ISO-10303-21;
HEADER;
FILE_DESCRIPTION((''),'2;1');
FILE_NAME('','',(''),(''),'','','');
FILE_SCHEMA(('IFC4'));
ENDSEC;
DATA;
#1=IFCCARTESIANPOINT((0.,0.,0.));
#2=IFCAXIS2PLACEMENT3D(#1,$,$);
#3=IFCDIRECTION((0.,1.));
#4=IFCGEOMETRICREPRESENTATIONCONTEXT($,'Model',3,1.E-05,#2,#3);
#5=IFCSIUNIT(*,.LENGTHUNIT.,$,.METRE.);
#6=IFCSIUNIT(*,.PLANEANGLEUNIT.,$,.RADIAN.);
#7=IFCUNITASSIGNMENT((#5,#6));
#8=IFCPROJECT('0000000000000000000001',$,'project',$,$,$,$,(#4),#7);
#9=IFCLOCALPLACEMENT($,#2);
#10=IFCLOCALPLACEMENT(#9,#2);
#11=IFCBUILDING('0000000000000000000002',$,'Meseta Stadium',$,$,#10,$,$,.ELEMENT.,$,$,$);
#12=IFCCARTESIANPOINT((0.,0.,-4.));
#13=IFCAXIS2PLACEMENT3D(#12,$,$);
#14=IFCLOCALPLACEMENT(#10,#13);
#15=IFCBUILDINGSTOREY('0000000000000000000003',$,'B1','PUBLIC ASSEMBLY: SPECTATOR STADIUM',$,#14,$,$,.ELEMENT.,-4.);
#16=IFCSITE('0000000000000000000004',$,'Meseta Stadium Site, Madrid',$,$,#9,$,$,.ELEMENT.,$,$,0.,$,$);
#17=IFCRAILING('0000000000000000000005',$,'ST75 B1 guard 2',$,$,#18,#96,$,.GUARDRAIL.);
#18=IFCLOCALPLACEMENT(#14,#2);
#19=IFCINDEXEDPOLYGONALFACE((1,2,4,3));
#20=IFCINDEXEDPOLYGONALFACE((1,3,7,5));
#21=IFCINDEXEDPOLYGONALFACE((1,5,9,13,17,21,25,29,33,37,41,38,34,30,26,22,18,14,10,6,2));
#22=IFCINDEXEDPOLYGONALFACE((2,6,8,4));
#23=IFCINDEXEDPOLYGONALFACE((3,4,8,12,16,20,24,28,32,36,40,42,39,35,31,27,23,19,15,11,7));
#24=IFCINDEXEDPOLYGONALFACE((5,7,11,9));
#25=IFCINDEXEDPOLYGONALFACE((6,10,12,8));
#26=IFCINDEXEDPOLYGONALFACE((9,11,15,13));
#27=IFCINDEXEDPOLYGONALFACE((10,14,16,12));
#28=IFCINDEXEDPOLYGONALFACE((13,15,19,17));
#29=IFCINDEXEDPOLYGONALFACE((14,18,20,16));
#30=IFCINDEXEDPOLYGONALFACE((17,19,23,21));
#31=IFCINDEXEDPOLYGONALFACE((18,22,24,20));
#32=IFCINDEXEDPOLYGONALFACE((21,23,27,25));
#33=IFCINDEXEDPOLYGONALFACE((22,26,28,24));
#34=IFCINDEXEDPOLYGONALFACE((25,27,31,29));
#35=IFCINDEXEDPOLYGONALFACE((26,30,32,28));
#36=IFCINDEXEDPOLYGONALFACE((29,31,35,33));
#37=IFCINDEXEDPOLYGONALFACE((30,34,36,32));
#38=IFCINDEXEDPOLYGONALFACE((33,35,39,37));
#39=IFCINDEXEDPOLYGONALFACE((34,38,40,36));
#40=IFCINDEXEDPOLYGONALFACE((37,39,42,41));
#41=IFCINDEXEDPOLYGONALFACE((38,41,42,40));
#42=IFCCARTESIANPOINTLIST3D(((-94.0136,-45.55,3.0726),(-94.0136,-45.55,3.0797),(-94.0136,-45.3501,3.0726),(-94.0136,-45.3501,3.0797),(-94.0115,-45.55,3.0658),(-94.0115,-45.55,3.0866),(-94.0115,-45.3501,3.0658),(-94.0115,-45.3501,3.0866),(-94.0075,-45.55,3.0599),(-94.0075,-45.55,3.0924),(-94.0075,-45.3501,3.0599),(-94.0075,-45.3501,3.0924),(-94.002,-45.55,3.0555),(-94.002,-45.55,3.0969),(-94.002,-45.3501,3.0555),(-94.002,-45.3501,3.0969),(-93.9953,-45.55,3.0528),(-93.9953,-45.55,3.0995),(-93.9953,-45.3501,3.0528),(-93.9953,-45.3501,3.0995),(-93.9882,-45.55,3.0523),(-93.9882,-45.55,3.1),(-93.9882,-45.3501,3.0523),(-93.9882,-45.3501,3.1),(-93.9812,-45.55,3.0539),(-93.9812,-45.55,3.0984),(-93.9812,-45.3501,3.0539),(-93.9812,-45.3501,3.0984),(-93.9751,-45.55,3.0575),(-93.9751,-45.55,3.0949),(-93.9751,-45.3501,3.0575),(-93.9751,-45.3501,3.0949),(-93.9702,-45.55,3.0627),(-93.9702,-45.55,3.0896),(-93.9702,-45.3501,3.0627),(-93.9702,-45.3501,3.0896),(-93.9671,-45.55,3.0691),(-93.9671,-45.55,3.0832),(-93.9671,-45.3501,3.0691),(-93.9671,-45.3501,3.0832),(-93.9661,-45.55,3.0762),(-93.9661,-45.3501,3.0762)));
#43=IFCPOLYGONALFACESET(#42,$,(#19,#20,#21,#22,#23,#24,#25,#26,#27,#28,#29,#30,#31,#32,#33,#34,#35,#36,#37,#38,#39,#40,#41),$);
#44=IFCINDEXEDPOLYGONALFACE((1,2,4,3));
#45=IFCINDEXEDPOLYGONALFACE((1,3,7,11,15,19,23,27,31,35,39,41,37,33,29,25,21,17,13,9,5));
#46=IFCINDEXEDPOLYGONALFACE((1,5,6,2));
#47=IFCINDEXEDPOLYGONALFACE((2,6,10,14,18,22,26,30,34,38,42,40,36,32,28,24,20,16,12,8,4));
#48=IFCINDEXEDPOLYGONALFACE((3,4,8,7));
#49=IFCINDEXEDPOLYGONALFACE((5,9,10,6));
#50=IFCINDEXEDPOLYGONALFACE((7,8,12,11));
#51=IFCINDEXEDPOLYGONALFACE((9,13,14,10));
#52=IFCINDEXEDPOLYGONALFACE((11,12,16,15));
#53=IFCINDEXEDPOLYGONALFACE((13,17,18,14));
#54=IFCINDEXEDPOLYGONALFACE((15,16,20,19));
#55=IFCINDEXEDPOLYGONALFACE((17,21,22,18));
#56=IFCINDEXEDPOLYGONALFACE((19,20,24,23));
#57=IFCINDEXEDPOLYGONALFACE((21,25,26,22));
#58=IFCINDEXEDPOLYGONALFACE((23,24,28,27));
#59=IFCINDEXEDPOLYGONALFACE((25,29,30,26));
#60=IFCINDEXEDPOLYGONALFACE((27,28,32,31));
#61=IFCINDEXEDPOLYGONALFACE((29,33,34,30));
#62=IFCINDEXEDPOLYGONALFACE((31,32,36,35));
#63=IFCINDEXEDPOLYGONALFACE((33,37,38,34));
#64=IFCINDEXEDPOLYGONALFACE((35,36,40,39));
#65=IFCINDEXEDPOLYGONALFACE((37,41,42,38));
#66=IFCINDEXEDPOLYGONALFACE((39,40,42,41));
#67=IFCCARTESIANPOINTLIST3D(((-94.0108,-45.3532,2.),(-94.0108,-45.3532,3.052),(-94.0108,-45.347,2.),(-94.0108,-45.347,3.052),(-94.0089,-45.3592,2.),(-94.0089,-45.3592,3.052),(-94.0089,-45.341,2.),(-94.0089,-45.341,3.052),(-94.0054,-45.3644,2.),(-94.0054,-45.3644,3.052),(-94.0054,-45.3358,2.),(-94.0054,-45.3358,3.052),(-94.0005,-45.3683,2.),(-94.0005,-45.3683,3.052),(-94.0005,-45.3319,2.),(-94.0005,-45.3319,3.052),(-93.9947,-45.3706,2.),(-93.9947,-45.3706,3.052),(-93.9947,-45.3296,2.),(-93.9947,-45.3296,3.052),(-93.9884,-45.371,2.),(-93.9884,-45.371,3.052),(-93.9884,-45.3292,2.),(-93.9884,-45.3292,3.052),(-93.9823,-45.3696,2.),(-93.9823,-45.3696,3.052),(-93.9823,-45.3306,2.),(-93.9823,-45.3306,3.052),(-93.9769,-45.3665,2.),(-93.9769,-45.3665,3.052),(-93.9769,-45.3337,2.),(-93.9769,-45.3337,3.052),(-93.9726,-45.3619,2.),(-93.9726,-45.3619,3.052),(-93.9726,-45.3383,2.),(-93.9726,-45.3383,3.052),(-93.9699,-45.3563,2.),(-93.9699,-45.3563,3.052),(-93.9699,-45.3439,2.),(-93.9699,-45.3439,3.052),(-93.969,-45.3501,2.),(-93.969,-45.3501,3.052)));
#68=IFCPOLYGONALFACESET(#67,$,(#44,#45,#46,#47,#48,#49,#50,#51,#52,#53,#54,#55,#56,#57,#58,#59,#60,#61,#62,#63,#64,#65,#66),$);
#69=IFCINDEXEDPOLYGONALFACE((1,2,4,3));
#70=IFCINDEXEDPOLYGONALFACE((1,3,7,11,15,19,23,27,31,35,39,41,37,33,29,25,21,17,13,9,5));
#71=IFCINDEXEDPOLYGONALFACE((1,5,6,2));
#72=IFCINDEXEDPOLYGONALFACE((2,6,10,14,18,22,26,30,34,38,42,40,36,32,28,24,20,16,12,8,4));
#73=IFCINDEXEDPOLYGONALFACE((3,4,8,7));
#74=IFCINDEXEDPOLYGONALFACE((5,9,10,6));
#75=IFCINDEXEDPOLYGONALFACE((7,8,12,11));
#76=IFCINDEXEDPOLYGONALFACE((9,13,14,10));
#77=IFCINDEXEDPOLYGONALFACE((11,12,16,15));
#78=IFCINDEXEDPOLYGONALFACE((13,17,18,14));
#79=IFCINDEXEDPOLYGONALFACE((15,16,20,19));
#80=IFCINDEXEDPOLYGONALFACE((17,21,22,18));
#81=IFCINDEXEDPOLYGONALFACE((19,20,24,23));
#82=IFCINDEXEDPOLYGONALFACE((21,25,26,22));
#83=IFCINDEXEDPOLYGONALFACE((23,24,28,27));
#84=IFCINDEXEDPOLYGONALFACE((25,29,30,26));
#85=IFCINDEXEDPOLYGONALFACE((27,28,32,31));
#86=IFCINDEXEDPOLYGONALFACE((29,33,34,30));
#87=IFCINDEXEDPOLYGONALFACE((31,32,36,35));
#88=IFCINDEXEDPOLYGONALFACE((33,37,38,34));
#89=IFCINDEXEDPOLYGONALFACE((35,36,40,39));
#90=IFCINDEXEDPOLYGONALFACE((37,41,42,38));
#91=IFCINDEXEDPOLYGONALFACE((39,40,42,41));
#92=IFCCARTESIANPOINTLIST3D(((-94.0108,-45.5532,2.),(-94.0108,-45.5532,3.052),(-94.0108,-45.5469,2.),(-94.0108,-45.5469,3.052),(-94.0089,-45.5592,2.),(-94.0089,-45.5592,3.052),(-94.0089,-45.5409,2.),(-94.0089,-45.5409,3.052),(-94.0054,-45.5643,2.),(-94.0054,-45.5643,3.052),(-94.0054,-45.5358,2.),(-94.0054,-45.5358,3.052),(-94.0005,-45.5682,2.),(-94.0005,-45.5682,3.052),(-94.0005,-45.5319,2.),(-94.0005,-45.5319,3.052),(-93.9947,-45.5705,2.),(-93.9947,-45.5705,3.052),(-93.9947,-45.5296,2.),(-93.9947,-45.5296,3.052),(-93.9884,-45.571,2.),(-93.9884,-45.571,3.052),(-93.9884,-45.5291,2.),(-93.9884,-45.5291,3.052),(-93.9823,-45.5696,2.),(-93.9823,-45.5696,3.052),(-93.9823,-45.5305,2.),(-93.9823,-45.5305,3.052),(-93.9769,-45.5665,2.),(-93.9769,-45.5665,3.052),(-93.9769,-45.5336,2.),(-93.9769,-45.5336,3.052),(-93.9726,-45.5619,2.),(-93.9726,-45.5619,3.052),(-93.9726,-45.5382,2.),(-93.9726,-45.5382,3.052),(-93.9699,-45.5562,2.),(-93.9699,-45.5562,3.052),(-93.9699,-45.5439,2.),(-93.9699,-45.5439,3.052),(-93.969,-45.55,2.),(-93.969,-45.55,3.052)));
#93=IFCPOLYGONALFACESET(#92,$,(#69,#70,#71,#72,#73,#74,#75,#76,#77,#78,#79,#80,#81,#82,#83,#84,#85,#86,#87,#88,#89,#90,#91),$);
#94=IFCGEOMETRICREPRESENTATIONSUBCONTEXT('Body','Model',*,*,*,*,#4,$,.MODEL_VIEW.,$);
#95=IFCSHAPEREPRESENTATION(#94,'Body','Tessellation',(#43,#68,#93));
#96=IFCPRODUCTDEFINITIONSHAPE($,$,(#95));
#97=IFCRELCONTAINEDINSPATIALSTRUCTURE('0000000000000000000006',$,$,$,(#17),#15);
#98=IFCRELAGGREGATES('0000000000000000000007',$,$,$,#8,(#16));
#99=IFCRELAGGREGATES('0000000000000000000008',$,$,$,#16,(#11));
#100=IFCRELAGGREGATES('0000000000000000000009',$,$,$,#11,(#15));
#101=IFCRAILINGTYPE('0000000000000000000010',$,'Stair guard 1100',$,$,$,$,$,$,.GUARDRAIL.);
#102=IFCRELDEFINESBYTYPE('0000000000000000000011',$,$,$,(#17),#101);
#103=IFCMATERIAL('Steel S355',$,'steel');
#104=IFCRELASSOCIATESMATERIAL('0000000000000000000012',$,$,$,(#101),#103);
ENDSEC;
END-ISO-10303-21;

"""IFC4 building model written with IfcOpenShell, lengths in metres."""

from ifc_helpers import new_model, si_unit, direction, frame, origin, origin_2d, place, context, subcontext, project, spatial, circle, extrude, material, type_object, element, save


model = new_model("IFC4")

# Units and contexts
model_context = context("Model", 3, precision=1e-05, world=origin(), true_north=direction((0.0, 1.0)))
body_context = subcontext(model_context, "Body", "Model", "MODEL_VIEW")
ifc_project = project(units=[si_unit("LENGTHUNIT", "METRE"), si_unit("PLANEANGLEUNIT", "RADIAN")], contexts=[model_context])

# Site, building, storey
site_placement = place(None, origin())
site = spatial("IfcSite", under=ifc_project, at=site_placement, Name="Meseta Stadium Site, Madrid", CompositionType="ELEMENT", RefElevation=0.0)
building_placement = place(site_placement, origin())
building = spatial("IfcBuilding", under=site, at=building_placement, Name="Meseta Stadium", CompositionType="ELEMENT")
storey_placement = place(building_placement, frame((0.0, 0.0, -4.0)))
storey = spatial("IfcBuildingStorey", under=building, at=storey_placement, Name="B1", Description="PUBLIC ASSEMBLY: SPECTATOR STADIUM", CompositionType="ELEMENT", Elevation=-4.0)

# Railing
ifc_material_1 = material(Name="Steel S355", Category="steel")
railing_type_1 = type_object("IfcRailingType", Name="Stair guard 1100", PredefinedType="GUARDRAIL", material=ifc_material_1)
railing_1_placement = place(storey_placement, frame((-93.99, -45.3501, 2.0)))
element("IfcRailing", 1, at=railing_1_placement, inside=storey, type_object=railing_type_1, Name="ST75 B1 guard 2", PredefinedType="GUARDRAIL", context=body_context, shape_type="SweptSolid", body=[
    extrude(circle(Radius=0.0239, at=origin_2d()), frame((0.0, 0.0, 1.0762), z_axis=(0.0, -1.0, 0.0), x_axis=(1.0, 0.0, 0.0)), (0.0, 0.0, 1.0), 0.2),
    extrude(circle(Radius=0.021, at=origin_2d()), origin(), (0.0, 0.0, 1.0), 1.052),
    extrude(circle(Radius=0.021, at=origin_2d()), frame((0.0, -0.2, 0.0)), (0.0, 0.0, 1.0), 1.052),
])

save(model, "model.ifc")
